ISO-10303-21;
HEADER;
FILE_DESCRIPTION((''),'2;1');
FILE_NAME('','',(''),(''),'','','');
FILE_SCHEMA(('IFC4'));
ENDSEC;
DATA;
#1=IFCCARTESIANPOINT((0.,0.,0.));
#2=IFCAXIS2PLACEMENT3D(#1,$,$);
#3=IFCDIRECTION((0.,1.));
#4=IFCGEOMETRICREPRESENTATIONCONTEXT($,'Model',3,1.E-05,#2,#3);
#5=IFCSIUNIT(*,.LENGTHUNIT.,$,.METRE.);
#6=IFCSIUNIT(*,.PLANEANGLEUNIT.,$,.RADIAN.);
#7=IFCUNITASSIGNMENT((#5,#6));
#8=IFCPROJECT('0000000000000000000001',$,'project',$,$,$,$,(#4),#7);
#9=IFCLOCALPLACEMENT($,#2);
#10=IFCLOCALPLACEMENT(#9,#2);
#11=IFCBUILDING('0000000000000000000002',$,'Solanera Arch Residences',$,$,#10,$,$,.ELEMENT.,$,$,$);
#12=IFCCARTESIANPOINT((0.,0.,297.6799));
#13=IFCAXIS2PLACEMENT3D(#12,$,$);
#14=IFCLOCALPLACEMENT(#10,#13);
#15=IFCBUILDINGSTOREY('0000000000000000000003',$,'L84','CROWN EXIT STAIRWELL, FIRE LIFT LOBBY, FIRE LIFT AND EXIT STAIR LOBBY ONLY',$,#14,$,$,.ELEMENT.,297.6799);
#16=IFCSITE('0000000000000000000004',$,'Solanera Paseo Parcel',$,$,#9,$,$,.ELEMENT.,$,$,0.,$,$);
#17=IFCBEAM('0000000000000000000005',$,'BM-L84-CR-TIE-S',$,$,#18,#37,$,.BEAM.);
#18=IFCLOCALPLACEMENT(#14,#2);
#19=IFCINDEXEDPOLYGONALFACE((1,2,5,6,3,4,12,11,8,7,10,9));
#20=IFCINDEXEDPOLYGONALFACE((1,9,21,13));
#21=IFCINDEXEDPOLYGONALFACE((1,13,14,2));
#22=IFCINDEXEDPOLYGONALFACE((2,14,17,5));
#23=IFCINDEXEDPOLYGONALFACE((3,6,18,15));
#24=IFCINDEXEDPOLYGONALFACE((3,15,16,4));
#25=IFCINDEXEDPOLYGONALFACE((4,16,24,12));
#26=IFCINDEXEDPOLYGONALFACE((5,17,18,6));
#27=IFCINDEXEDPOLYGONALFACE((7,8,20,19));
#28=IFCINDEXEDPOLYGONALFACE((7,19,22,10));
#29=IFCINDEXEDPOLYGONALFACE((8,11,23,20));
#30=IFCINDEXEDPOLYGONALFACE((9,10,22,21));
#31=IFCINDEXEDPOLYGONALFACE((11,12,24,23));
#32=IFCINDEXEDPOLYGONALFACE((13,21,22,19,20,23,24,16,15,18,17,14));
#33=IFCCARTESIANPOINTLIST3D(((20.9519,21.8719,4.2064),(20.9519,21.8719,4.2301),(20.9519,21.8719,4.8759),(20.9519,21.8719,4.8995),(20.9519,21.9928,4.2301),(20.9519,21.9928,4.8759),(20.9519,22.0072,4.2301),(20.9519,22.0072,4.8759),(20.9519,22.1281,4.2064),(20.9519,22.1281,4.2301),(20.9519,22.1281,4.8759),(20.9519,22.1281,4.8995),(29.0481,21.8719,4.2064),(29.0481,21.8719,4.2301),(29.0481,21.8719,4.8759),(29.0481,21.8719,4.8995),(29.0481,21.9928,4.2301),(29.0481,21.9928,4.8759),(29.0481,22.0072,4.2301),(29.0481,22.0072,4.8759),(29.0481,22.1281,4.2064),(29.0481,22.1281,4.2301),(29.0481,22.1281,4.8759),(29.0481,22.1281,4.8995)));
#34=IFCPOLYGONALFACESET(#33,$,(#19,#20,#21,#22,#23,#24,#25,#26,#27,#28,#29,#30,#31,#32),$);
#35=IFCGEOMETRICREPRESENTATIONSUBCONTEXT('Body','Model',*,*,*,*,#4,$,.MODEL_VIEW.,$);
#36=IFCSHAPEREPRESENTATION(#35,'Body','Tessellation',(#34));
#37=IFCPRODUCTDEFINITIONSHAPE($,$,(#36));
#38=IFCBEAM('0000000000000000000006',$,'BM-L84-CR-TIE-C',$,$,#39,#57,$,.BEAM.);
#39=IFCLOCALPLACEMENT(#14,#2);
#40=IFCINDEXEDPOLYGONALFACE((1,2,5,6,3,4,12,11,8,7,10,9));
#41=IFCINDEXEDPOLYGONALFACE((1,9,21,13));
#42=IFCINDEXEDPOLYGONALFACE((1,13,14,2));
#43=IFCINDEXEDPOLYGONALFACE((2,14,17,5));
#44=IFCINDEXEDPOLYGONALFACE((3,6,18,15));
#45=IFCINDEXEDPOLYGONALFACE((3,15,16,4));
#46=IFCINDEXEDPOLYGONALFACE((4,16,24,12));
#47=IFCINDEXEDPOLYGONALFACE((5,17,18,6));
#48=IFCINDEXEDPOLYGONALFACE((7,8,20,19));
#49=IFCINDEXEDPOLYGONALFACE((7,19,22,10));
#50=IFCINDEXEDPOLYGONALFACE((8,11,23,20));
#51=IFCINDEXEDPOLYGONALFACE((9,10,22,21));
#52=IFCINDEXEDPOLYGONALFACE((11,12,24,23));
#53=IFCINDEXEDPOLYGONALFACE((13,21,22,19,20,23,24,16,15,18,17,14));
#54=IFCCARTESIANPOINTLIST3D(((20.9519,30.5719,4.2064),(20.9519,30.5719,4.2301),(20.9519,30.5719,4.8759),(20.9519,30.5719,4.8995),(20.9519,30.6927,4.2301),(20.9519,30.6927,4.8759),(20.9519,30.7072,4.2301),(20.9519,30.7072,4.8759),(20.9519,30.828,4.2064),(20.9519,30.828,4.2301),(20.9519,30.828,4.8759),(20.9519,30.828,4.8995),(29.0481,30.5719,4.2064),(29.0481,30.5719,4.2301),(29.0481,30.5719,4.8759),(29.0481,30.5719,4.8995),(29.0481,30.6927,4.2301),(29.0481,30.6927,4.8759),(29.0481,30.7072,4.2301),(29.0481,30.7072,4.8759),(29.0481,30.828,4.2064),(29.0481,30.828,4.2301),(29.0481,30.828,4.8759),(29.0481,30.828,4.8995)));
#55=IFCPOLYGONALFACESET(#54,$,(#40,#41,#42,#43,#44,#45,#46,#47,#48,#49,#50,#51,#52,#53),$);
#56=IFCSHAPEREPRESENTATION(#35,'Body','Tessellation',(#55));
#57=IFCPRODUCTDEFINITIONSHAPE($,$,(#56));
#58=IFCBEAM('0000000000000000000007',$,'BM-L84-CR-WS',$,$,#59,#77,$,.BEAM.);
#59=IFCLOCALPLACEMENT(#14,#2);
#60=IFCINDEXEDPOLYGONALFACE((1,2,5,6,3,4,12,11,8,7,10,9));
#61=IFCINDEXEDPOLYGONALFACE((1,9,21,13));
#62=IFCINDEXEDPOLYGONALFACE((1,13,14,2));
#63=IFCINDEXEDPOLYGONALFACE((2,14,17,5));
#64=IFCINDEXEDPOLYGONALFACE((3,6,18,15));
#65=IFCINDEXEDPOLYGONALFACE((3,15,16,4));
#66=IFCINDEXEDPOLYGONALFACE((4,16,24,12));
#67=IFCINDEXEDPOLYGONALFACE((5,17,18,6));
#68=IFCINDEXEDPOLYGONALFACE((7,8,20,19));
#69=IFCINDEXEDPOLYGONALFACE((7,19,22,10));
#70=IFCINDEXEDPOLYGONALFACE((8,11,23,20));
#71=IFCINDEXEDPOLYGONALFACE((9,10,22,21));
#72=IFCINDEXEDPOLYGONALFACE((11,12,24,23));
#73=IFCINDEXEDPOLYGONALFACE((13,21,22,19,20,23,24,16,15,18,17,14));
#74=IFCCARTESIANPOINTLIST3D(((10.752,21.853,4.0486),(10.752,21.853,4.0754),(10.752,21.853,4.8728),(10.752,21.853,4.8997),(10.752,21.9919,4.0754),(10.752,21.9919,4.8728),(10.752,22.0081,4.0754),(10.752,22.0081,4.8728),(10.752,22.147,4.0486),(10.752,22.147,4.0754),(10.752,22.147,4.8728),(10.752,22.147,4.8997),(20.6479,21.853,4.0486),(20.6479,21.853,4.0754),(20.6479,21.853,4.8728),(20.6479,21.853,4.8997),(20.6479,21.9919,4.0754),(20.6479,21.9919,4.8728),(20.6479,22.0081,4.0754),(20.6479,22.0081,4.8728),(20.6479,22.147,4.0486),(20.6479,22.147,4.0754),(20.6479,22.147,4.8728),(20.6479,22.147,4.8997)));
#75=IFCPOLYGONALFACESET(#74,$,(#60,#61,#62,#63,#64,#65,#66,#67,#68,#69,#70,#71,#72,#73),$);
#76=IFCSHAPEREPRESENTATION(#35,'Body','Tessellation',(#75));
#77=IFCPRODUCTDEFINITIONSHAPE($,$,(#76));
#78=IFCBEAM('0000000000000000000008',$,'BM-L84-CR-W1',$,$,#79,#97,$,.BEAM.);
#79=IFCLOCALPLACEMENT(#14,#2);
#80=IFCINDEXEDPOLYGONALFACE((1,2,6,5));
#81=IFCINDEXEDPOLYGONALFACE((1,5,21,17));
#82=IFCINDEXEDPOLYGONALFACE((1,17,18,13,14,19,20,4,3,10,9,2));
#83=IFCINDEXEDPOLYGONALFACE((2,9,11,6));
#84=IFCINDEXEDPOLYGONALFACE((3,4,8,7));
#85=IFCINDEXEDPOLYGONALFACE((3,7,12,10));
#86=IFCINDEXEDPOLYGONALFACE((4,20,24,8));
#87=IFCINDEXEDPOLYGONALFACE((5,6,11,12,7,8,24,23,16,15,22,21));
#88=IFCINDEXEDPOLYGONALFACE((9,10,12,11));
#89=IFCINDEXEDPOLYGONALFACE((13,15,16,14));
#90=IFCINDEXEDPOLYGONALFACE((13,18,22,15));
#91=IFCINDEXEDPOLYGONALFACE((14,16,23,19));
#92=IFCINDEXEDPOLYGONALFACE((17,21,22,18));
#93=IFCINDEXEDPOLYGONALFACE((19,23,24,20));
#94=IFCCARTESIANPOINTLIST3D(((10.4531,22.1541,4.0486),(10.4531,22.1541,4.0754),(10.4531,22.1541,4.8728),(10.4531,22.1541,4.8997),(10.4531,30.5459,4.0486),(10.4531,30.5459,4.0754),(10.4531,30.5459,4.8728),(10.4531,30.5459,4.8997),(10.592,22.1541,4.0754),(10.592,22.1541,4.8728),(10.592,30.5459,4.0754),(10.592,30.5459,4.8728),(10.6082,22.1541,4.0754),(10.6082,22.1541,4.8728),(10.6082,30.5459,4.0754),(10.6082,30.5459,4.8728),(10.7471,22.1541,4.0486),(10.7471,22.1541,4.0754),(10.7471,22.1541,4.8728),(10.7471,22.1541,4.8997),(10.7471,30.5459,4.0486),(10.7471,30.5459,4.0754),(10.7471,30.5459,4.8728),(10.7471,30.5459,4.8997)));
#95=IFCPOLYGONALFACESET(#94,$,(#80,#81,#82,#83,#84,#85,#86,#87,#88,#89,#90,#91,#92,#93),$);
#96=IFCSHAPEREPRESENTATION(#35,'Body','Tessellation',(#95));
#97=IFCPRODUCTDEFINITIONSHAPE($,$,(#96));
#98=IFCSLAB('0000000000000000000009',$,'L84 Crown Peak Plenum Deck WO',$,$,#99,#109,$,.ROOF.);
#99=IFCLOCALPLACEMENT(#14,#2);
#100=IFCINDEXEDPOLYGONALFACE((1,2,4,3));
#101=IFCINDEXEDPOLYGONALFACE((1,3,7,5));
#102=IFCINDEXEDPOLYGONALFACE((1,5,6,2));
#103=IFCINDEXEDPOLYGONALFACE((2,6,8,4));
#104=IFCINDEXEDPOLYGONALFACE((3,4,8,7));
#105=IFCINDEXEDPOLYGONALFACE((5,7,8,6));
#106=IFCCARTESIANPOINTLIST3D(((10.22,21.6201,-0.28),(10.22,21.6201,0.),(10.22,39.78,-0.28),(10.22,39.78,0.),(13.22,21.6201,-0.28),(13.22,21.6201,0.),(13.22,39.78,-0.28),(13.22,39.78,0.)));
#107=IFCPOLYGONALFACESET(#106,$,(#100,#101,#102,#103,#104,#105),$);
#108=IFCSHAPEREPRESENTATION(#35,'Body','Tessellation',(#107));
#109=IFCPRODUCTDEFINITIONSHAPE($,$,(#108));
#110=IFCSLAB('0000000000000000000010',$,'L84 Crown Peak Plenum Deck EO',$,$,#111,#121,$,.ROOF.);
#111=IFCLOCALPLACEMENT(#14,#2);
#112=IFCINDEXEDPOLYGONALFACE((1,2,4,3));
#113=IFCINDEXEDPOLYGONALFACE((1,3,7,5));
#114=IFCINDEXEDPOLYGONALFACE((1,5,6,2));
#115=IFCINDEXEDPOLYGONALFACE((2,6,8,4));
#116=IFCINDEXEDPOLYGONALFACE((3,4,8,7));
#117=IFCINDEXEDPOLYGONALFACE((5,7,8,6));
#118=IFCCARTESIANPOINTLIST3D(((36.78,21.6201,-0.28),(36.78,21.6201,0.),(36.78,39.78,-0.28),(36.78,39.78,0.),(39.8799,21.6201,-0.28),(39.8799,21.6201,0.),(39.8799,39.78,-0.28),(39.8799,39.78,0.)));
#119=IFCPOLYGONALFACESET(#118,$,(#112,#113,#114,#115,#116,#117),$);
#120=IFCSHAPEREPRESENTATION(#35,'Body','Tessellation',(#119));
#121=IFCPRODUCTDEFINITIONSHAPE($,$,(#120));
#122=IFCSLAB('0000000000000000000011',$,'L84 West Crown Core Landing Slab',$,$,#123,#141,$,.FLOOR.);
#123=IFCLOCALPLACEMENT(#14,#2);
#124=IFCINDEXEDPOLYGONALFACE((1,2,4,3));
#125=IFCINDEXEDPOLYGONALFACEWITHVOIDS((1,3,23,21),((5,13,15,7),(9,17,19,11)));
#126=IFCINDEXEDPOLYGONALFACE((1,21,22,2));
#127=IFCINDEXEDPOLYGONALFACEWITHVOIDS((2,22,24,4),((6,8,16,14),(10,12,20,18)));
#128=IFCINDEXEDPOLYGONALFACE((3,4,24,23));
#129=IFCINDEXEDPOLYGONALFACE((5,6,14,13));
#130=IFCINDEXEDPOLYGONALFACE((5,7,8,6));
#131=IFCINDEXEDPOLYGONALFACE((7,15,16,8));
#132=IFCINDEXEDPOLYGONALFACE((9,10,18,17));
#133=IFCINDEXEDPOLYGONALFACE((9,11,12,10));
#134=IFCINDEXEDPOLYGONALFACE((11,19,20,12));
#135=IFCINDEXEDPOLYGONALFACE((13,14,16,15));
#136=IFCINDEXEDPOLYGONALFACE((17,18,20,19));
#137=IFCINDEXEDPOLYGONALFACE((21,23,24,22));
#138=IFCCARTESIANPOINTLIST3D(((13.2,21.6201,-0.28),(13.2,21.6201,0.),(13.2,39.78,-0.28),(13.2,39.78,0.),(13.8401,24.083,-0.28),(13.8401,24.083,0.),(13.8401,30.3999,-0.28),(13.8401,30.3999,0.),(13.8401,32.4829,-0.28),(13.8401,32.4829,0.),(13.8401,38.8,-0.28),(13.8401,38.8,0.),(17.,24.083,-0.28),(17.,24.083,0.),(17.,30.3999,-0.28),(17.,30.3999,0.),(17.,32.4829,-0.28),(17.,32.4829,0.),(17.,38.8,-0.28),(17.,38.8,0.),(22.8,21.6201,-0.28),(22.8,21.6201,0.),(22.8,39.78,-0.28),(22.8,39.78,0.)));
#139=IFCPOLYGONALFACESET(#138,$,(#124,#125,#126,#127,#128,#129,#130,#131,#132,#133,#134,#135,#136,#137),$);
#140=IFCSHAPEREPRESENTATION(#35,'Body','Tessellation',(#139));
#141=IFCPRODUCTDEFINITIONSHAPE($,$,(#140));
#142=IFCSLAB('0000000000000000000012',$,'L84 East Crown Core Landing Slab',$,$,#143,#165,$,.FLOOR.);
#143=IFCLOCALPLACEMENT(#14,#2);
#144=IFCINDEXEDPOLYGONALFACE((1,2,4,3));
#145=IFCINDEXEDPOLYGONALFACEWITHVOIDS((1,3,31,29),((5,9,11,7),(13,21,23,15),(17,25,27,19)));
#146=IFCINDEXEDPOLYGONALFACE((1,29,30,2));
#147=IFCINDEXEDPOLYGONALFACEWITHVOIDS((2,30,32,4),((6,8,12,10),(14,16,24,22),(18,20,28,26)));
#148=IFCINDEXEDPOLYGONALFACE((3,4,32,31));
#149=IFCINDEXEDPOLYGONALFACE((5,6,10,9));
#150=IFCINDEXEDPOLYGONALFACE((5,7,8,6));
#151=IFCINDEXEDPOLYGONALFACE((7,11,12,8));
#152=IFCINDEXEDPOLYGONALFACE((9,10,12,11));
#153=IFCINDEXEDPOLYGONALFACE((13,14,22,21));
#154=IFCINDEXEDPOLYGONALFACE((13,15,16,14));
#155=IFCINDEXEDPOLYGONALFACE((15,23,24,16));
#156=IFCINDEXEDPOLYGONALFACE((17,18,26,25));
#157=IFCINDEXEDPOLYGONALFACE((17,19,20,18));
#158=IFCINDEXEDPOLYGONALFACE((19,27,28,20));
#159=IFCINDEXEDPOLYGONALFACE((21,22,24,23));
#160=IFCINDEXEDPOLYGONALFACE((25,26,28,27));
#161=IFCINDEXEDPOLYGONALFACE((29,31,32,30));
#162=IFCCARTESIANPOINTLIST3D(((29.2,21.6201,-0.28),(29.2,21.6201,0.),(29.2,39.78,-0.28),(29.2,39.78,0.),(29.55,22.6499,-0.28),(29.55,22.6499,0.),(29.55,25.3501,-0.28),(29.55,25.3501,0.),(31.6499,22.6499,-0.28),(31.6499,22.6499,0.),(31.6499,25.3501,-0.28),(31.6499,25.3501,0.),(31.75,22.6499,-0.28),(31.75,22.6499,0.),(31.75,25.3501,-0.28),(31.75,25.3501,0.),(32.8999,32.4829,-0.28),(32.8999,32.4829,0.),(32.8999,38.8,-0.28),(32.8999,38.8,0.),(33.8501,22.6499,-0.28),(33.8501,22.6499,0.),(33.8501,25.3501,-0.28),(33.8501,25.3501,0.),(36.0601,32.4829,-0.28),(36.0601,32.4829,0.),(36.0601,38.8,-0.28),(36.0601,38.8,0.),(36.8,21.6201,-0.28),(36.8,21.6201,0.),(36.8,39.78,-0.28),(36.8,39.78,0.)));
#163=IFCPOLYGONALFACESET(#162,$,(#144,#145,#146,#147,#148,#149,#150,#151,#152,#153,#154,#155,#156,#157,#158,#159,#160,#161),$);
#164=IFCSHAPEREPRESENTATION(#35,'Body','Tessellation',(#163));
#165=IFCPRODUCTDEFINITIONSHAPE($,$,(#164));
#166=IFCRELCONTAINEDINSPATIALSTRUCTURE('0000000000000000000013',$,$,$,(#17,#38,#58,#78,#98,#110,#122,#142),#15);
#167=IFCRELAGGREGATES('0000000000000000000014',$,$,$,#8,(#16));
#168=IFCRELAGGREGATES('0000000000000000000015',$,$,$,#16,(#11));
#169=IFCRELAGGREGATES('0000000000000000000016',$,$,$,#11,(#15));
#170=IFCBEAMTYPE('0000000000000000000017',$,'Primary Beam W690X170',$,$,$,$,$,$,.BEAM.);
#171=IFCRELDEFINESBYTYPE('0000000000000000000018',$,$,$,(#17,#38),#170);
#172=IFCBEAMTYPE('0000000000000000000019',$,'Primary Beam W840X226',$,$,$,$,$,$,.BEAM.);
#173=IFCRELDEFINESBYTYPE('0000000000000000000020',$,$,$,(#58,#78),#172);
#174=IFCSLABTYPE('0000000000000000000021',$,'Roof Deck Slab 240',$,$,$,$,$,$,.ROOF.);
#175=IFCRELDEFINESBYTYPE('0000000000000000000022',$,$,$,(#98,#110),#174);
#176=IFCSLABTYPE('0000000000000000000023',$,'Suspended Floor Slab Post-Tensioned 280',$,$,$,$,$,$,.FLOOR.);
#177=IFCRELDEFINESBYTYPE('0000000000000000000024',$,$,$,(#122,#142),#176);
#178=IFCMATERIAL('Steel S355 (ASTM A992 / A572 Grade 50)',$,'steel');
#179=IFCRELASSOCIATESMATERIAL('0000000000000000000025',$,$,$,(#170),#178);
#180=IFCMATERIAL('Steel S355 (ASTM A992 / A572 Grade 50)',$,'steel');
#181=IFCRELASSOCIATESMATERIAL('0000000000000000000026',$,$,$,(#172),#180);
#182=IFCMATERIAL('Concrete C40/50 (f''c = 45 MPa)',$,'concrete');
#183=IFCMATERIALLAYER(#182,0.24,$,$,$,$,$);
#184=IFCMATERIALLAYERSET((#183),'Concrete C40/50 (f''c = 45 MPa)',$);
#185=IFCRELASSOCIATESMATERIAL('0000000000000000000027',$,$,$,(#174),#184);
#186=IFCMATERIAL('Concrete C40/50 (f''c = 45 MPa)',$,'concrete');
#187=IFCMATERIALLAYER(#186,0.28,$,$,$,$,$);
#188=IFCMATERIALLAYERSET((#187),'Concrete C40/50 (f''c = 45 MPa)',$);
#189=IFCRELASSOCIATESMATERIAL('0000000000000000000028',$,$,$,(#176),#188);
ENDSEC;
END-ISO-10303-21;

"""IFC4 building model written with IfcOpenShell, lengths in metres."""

from ifc_helpers import new_model, si_unit, direction, frame, origin, origin_2d, place, context, subcontext, project, spatial, polyline, i_section, outline, extrude, material, layer, layer_set, material_profile, profile_set, type_object, element, save


model = new_model("IFC4")

# Units and contexts
model_context = context("Model", 3, precision=1e-05, world=origin(), true_north=direction((0.0, 1.0)))
body_context = subcontext(model_context, "Body", "Model", "MODEL_VIEW")
ifc_project = project(units=[si_unit("LENGTHUNIT", "METRE"), si_unit("PLANEANGLEUNIT", "RADIAN")], contexts=[model_context])

# Site, building, storey
site_placement = place(None, origin())
site = spatial("IfcSite", under=ifc_project, at=site_placement, Name="Solanera Paseo Parcel", CompositionType="ELEMENT", RefElevation=0.0)
building_placement = place(site_placement, origin())
building = spatial("IfcBuilding", under=site, at=building_placement, Name="Solanera Arch Residences", CompositionType="ELEMENT")
storey_placement = place(building_placement, frame((0.0, 0.0, 297.6799)))
storey = spatial("IfcBuildingStorey", under=building, at=storey_placement, Name="L84", Description="CROWN EXIT STAIRWELL, FIRE LIFT LOBBY, FIRE LIFT AND EXIT STAIR LOBBY ONLY", CompositionType="ELEMENT", Elevation=297.6799)

# Beams
ifc_material_1 = material(Name="Steel S355 (ASTM A992 / A572 Grade 50)", Category="steel")
ifc_material_profile_1 = material_profile(ifc_material_1, i_section(OverallWidth=0.2561, OverallDepth=0.6931, WebThickness=0.0144, FlangeThickness=0.0237, at=origin_2d()))
ifc_profile_set_1 = profile_set([ifc_material_profile_1], Name="Steel S355 (ASTM A992 / A572 Grade 50)")
beam_type_1 = type_object("IfcBeamType", Name="Primary Beam W690X170", PredefinedType="BEAM", material=ifc_profile_set_1)
for number, where, z_axis, x_axis, name in (
    (1, (20.9519, 22.0, 4.553), (1.0, 0.0, 0.0), (0.0, 1.0, 0.0), "BM-L84-CR-TIE-S"),
    (2, (20.9519, 30.7, 4.553), (1.0, 0.0, 0.0), (0.0, 1.0, 0.0), "BM-L84-CR-TIE-C"),
):
    element("IfcBeam", number, at=place(storey_placement, frame(where, z_axis=z_axis, x_axis=x_axis)), inside=storey, type_object=beam_type_1, Name=name, PredefinedType="BEAM", context=body_context, shape_type="SweptSolid", body=[
        extrude(i_section(OverallWidth=0.2561, OverallDepth=0.6931, WebThickness=0.0144, FlangeThickness=0.0237, at=origin_2d()), origin(), (0.0, 0.0, 1.0), 8.0962),
    ])
ifc_material_2 = material(Name="Steel S355 (ASTM A992 / A572 Grade 50)", Category="steel")
ifc_material_profile_2 = material_profile(ifc_material_2, i_section(OverallWidth=0.2939, OverallDepth=0.8511, WebThickness=0.0161, FlangeThickness=0.0269, at=origin_2d()))
ifc_profile_set_2 = profile_set([ifc_material_profile_2], Name="Steel S355 (ASTM A992 / A572 Grade 50)")
beam_type_2 = type_object("IfcBeamType", Name="Primary Beam W840X226", PredefinedType="BEAM", material=ifc_profile_set_2)
beam_1_placement = place(storey_placement, frame((10.752, 22.0, 4.4741), z_axis=(1.0, 0.0, 0.0), x_axis=(0.0, 1.0, 0.0)))
element("IfcBeam", 3, at=beam_1_placement, inside=storey, type_object=beam_type_2, Name="BM-L84-CR-WS", PredefinedType="BEAM", context=body_context, shape_type="SweptSolid", body=[
    extrude(i_section(OverallWidth=0.2939, OverallDepth=0.8511, WebThickness=0.0161, FlangeThickness=0.0269, at=origin_2d()), origin(), (0.0, 0.0, 1.0), 9.896),
])
beam_2_placement = place(storey_placement, frame((10.6001, 22.1541, 4.4741), z_axis=(0.0, 1.0, 0.0), x_axis=(-1.0, 0.0, 0.0)))
element("IfcBeam", 4, at=beam_2_placement, inside=storey, type_object=beam_type_2, Name="BM-L84-CR-W1", PredefinedType="BEAM", context=body_context, shape_type="SweptSolid", body=[
    extrude(i_section(OverallWidth=0.2939, OverallDepth=0.8511, WebThickness=0.0161, FlangeThickness=0.0269, at=origin_2d()), origin(), (0.0, 0.0, 1.0), 8.3918),
])

# Slabs
ifc_material_3 = material(Name="Concrete C40/50 (f'c = 45 MPa)", Category="concrete")
ifc_layer_1 = layer(ifc_material_3, 0.24)
ifc_layer_set_1 = layer_set([ifc_layer_1], Name="Concrete C40/50 (f'c = 45 MPa)")
slab_type_1 = type_object("IfcSlabType", Name="Roof Deck Slab 240", PredefinedType="ROOF", material=ifc_layer_set_1)
slab_1_placement = place(storey_placement, frame((0.0, 0.0, -0.28)))
element("IfcSlab", 5, at=slab_1_placement, inside=storey, type_object=slab_type_1, Name="L84 Crown Peak Plenum Deck WO", PredefinedType="ROOF", context=body_context, shape_type="SweptSolid", body=[
    extrude(outline(polyline([(13.22, 21.6201), (13.22, 39.78), (10.22, 39.78), (10.22, 21.6201), (13.22, 21.6201)])), origin(), (0.0, 0.0, 1.0), 0.28),
])
slab_2_placement = place(storey_placement, frame((0.0, 0.0, -0.28)))
element("IfcSlab", 6, at=slab_2_placement, inside=storey, type_object=slab_type_1, Name="L84 Crown Peak Plenum Deck EO", PredefinedType="ROOF", context=body_context, shape_type="SweptSolid", body=[
    extrude(outline(polyline([(39.8799, 21.6201), (39.8799, 39.78), (36.78, 39.78), (36.78, 21.6201), (39.8799, 21.6201)])), origin(), (0.0, 0.0, 1.0), 0.28),
])
ifc_material_4 = material(Name="Concrete C40/50 (f'c = 45 MPa)", Category="concrete")
ifc_layer_2 = layer(ifc_material_4, 0.28)
ifc_layer_set_2 = layer_set([ifc_layer_2], Name="Concrete C40/50 (f'c = 45 MPa)")
slab_type_2 = type_object("IfcSlabType", Name="Suspended Floor Slab Post-Tensioned 280", PredefinedType="FLOOR", material=ifc_layer_set_2)
slab_3_placement = place(storey_placement, frame((0.0, 0.0, -0.28)))
element("IfcSlab", 7, at=slab_3_placement, inside=storey, type_object=slab_type_2, Name="L84 West Crown Core Landing Slab", PredefinedType="FLOOR", context=body_context, shape_type="SweptSolid", body=[
    extrude(outline(polyline([(22.8, 21.6201), (22.8, 39.78), (13.2, 39.78), (13.2, 21.6201), (22.8, 21.6201)]), holes=[polyline([(13.8401, 32.4829), (13.8401, 38.8), (17.0, 38.8), (17.0, 32.4829), (13.8401, 32.4829)]), polyline([(13.8401, 24.083), (13.8401, 30.3999), (17.0, 30.3999), (17.0, 24.083), (13.8401, 24.083)])]), origin(), (0.0, 0.0, 1.0), 0.28),
])
slab_4_placement = place(storey_placement, frame((0.0, 0.0, -0.28)))
element("IfcSlab", 8, at=slab_4_placement, inside=storey, type_object=slab_type_2, Name="L84 East Crown Core Landing Slab", PredefinedType="FLOOR", context=body_context, shape_type="SweptSolid", body=[
    extrude(outline(polyline([(36.8, 21.6201), (36.8, 39.78), (29.2, 39.78), (29.2, 21.6201), (36.8, 21.6201)]), holes=[polyline([(32.8999, 32.4829), (32.8999, 38.8), (36.0601, 38.8), (36.0601, 32.4829), (32.8999, 32.4829)]), polyline([(29.55, 25.3501), (31.6499, 25.3501), (31.6499, 22.6499), (29.55, 22.6499), (29.55, 25.3501)]), polyline([(31.75, 25.3501), (33.8501, 25.3501), (33.8501, 22.6499), (31.75, 22.6499), (31.75, 25.3501)])]), origin(), (0.0, 0.0, 1.0), 0.28),
])

save(model, "model.ifc")
